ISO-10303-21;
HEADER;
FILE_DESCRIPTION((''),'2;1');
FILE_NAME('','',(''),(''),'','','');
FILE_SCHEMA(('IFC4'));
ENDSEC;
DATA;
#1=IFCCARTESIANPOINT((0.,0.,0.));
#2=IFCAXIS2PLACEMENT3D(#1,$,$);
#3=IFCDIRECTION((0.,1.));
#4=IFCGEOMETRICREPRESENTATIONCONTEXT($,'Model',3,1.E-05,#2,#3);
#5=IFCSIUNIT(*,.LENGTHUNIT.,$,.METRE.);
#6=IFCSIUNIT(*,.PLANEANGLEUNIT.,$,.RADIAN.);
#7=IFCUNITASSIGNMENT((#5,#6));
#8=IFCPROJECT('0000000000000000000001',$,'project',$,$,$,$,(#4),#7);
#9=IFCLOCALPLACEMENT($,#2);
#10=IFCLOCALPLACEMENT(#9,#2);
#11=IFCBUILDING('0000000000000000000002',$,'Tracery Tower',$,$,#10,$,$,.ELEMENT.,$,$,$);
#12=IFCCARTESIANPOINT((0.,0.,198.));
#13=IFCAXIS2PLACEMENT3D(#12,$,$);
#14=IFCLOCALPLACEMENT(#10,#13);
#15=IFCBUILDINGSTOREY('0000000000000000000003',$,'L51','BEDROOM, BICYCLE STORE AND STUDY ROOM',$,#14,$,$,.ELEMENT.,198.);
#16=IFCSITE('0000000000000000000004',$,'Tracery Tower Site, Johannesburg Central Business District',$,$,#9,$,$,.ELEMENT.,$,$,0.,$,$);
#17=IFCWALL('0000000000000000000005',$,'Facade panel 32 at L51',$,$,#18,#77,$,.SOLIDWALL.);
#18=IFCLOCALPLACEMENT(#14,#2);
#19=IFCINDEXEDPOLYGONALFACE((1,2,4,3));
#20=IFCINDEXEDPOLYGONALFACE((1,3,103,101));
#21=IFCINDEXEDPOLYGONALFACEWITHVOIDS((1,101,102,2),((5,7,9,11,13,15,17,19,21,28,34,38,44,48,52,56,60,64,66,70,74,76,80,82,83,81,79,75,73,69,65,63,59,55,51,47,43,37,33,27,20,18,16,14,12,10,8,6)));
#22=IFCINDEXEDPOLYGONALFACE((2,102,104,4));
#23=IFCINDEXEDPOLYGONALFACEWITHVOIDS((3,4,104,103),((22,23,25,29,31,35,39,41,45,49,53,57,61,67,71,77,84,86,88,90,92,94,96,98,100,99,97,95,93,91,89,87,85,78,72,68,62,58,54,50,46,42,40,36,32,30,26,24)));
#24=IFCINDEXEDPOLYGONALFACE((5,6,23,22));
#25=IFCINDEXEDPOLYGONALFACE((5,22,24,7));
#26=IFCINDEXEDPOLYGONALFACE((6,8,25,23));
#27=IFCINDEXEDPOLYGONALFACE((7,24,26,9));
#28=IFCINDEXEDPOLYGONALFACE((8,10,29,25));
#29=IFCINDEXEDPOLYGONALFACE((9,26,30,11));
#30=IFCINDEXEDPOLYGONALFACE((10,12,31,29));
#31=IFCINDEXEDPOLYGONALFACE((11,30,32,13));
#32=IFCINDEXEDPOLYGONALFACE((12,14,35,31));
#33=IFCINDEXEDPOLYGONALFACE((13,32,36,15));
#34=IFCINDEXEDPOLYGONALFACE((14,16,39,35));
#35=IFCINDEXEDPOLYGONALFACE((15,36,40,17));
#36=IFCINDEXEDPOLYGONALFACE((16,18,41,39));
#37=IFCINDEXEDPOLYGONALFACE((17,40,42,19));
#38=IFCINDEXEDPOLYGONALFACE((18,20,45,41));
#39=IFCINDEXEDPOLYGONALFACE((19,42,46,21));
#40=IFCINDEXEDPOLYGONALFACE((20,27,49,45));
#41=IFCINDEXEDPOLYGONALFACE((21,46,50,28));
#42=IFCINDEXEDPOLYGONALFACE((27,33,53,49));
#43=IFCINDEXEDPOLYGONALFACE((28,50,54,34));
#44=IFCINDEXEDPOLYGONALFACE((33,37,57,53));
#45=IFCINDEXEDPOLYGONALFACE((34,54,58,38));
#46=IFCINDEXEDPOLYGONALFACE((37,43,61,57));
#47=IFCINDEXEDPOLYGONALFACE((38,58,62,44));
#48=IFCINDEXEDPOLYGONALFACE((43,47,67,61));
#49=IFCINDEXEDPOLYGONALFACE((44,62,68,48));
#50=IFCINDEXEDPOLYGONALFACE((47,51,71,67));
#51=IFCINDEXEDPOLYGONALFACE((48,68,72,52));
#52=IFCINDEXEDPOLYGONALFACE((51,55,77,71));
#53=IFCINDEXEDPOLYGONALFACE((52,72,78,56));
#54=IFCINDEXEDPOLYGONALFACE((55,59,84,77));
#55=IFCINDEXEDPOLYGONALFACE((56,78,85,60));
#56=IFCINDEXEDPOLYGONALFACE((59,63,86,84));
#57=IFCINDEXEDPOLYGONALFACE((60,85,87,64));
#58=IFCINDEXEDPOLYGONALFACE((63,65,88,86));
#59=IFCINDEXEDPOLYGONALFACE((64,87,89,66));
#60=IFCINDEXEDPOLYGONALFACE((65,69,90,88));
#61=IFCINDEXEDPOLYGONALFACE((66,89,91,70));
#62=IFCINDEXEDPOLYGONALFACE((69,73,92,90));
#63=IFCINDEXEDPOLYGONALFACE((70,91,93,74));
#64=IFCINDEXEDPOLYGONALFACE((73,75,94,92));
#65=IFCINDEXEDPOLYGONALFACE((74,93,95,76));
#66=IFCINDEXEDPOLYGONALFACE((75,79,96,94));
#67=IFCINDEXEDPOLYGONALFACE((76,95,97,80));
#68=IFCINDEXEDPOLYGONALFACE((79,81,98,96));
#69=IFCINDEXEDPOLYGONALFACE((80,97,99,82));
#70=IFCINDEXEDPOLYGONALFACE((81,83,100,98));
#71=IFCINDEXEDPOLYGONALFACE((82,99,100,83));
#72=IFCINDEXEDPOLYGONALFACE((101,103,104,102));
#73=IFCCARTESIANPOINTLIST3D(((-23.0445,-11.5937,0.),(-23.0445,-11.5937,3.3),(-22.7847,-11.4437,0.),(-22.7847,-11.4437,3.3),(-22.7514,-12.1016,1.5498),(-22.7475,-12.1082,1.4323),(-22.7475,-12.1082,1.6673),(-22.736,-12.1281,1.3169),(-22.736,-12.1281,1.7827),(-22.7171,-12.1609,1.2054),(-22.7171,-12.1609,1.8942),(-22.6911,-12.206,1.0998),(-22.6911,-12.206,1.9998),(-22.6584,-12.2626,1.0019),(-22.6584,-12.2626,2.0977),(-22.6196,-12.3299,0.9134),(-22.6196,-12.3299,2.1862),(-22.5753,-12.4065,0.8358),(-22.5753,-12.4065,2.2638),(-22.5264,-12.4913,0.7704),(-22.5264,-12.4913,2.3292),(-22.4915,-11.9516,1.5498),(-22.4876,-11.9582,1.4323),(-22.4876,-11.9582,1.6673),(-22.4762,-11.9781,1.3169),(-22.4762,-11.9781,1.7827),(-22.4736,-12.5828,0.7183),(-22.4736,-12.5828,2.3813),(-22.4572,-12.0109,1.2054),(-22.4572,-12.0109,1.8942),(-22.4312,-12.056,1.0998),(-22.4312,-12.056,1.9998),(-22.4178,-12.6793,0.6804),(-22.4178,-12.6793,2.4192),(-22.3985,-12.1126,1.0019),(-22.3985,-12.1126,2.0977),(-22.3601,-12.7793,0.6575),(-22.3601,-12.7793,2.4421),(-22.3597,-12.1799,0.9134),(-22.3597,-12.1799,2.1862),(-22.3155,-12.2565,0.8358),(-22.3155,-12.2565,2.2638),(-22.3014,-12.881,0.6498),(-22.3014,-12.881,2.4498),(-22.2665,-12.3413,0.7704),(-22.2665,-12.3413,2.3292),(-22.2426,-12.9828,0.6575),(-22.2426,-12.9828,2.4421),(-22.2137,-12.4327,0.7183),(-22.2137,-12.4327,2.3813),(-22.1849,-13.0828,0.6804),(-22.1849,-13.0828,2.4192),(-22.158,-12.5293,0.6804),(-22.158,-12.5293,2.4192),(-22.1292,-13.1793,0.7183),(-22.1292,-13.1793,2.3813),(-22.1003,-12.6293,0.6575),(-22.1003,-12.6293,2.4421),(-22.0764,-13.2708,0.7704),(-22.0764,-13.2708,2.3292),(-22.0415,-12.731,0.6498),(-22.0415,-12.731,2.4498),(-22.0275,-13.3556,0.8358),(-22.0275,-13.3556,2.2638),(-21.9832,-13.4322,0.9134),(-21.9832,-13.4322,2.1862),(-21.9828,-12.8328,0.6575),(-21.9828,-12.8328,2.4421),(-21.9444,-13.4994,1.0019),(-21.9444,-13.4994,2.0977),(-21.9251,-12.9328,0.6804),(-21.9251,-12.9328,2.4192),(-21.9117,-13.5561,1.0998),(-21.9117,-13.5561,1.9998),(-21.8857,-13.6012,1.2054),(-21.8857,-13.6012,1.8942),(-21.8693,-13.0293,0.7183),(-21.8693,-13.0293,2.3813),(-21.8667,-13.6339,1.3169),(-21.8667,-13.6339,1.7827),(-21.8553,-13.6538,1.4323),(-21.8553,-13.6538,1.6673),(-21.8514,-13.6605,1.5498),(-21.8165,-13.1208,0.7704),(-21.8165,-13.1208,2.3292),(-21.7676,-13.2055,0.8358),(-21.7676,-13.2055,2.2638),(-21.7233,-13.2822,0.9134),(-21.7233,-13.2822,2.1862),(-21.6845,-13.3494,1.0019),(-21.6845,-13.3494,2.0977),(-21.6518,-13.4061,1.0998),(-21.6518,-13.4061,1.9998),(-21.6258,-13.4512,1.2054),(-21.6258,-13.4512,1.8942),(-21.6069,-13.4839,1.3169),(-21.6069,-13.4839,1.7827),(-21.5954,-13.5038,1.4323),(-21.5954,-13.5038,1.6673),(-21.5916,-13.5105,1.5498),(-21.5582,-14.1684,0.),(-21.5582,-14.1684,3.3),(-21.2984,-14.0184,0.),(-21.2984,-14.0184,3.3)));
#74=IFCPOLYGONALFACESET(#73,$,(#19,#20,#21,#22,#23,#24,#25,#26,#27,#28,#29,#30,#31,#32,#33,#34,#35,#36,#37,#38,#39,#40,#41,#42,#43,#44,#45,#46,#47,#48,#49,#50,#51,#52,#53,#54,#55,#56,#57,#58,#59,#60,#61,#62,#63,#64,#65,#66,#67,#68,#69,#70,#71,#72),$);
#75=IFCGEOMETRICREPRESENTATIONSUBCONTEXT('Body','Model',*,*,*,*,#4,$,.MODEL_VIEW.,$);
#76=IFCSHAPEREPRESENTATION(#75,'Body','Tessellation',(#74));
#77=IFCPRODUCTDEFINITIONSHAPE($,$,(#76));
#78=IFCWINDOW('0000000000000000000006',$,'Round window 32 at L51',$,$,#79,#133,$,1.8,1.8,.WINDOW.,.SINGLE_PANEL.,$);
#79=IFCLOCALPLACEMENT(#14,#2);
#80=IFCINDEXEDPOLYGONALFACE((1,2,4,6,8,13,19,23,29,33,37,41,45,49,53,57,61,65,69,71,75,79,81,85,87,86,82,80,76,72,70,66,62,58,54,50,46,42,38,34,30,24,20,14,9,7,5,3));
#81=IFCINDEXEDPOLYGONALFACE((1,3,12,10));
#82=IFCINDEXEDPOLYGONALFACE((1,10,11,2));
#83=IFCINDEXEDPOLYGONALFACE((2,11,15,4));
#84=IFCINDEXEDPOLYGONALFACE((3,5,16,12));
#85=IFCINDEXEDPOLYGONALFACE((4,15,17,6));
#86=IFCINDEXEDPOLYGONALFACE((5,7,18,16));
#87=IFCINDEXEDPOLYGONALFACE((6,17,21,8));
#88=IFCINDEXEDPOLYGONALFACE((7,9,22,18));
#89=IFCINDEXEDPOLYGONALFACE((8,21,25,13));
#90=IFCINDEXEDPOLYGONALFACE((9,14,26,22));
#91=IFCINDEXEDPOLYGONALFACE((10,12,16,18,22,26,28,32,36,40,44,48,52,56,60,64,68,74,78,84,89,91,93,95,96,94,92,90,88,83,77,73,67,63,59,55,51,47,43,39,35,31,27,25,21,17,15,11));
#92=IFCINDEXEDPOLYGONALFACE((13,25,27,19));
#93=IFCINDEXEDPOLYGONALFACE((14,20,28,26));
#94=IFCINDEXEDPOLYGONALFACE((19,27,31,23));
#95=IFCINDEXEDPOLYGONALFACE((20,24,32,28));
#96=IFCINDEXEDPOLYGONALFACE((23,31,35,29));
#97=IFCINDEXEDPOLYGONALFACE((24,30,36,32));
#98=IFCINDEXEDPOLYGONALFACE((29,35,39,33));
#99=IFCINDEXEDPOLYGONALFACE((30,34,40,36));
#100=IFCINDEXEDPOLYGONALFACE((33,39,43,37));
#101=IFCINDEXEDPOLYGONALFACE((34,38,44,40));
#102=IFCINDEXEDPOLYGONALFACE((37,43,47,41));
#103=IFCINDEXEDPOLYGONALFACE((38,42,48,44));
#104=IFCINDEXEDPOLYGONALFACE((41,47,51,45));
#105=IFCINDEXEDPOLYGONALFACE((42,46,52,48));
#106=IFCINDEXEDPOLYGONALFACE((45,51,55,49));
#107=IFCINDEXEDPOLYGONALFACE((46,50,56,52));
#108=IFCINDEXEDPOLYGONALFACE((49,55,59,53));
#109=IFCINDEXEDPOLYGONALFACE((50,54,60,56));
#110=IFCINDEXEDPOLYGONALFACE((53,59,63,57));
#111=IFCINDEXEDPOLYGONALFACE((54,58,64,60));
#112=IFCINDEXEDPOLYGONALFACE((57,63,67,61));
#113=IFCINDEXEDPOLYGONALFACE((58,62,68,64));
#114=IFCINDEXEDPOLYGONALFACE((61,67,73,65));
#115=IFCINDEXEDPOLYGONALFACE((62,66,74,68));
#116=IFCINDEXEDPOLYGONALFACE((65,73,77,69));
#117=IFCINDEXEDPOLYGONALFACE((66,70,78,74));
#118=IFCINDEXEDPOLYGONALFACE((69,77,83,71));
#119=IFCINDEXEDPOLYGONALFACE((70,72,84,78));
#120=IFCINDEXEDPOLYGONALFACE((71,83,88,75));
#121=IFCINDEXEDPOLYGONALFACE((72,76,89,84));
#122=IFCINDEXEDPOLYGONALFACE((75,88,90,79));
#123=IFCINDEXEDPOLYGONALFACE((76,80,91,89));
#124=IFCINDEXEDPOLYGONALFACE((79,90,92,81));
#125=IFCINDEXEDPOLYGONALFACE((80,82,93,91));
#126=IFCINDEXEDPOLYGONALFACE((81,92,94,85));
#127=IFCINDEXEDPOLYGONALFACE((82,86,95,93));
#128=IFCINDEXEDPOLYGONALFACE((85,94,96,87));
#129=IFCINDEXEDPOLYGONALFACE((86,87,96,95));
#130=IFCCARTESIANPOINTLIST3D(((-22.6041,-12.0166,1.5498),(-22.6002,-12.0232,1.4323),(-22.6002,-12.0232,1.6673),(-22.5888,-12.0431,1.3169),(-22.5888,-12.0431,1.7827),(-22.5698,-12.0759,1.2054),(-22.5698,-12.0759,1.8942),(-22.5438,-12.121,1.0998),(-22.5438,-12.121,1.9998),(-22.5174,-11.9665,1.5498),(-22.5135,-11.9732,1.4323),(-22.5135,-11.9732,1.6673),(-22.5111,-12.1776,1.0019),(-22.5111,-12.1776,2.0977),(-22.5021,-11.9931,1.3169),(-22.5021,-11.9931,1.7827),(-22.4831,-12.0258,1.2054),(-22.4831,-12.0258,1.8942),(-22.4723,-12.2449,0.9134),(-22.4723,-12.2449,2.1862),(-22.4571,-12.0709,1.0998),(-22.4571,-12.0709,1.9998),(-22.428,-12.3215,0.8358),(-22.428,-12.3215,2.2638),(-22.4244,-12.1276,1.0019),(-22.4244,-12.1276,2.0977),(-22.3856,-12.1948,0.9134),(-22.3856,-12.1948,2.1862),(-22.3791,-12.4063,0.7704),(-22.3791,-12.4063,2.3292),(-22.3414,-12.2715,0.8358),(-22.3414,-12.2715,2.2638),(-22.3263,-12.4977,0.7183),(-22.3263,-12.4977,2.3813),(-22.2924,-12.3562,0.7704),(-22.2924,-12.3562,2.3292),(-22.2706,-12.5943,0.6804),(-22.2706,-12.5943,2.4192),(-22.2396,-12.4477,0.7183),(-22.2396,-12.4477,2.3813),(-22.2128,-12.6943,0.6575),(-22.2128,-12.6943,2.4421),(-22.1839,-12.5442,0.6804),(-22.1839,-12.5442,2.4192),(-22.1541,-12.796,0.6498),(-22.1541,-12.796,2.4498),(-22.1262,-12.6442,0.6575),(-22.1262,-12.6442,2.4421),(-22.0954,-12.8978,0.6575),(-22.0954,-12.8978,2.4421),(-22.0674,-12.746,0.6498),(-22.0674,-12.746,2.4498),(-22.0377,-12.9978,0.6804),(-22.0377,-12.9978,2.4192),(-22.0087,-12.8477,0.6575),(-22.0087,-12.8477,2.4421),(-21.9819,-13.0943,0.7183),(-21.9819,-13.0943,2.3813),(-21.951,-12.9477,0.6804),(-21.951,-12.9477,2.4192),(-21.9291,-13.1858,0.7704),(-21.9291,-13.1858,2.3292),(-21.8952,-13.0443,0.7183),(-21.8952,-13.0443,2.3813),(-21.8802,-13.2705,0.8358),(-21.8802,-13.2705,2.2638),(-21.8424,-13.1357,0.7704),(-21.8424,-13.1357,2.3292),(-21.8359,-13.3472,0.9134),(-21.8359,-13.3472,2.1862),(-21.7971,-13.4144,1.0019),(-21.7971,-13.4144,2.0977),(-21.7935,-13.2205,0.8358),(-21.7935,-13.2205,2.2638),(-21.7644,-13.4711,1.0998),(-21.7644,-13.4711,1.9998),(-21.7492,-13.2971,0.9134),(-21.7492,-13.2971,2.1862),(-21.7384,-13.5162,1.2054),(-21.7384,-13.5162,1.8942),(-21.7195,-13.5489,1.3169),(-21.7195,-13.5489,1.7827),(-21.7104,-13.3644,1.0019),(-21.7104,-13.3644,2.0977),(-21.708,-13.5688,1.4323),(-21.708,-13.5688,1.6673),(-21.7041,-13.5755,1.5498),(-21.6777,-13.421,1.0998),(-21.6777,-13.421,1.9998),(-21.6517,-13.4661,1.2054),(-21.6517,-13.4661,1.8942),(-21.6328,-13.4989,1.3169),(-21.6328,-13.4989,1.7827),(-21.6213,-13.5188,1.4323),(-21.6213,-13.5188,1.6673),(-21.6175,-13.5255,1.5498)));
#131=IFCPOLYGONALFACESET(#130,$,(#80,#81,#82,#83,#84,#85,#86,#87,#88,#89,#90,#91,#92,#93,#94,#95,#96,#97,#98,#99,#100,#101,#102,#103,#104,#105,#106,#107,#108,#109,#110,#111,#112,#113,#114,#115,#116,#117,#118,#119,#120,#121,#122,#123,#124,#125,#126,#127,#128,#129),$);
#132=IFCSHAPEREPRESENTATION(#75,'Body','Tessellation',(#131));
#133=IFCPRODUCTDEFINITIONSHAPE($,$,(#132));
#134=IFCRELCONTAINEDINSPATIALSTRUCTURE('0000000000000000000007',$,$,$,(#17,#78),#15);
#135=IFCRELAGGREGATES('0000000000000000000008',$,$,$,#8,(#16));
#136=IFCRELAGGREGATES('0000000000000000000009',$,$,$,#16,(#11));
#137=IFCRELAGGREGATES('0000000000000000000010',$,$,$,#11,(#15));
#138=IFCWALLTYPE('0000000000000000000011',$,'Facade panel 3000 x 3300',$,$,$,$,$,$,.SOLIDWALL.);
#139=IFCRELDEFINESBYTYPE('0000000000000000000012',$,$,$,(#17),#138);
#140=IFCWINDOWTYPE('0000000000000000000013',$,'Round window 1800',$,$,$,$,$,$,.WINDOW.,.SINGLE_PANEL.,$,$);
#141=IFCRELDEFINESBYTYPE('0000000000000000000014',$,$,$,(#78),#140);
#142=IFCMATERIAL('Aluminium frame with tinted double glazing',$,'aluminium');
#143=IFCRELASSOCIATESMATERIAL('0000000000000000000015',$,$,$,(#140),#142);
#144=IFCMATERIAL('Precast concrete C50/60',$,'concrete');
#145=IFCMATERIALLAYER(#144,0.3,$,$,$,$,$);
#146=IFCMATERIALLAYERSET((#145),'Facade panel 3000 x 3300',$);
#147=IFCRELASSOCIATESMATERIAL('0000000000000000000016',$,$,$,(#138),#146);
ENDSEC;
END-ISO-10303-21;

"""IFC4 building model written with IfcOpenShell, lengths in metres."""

from ifc_helpers import new_model, si_unit, direction, frame, frame_2d, origin, origin_2d, place, context, subcontext, project, spatial, rectangle, circle, extrude, material, layer, layer_set, type_object, element, fill, save


model = new_model("IFC4")

# Units and contexts
model_context = context("Model", 3, precision=1e-05, world=origin(), true_north=direction((0.0, 1.0)))
body_context = subcontext(model_context, "Body", "Model", "MODEL_VIEW")
ifc_project = project(units=[si_unit("LENGTHUNIT", "METRE"), si_unit("PLANEANGLEUNIT", "RADIAN")], contexts=[model_context])

# Site, building, storey
site_placement = place(None, origin())
site = spatial("IfcSite", under=ifc_project, at=site_placement, Name="Tracery Tower Site, Johannesburg Central Business District", CompositionType="ELEMENT", RefElevation=0.0)
building_placement = place(site_placement, origin())
building = spatial("IfcBuilding", under=site, at=building_placement, Name="Tracery Tower", CompositionType="ELEMENT")
storey_placement = place(building_placement, frame((0.0, 0.0, 198.0)))
storey = spatial("IfcBuildingStorey", under=building, at=storey_placement, Name="L51", Description="BEDROOM, BICYCLE STORE AND STUDY ROOM", CompositionType="ELEMENT", Elevation=198.0)

# Wall, opening, window
ifc_material_1 = material(Name="Aluminium frame with tinted double glazing", Category="aluminium")
window_type = type_object("IfcWindowType", Name="Round window 1800", PartitioningType="SINGLE_PANEL", PredefinedType="WINDOW", material=ifc_material_1)
ifc_material_2 = material(Name="Precast concrete C50/60", Category="concrete")
ifc_layer_1 = layer(ifc_material_2, 0.3)
ifc_layer_set_1 = layer_set([ifc_layer_1], Name="Facade panel 3000 x 3300")
wall_type_1 = type_object("IfcWallType", Name="Facade panel 3000 x 3300", PredefinedType="SOLIDWALL", material=ifc_layer_set_1)
wall_1_placement = place(storey_placement, frame((-22.9146, -11.5188, 0.0), z_axis=(0.0, 0.0, 1.0), x_axis=(0.499955, -0.866052, 0.0)))
wall_1 = element("IfcWall", 1, at=wall_1_placement, inside=storey, type_object=wall_type_1, Name="Facade panel 32 at L51", PredefinedType="SOLIDWALL", context=body_context, shape_type="SweptSolid", body=[
    extrude(rectangle(XDim=2.9729, YDim=0.3, at=frame_2d((1.4863, 0.0))), origin(), (0.0, 0.0, 1.0), 3.3),
])
opening_1_placement = place(wall_1_placement, frame((1.4863, 0.0, 1.5498)))
opening_1 = element("IfcOpeningElement", 2, at=opening_1_placement, cuts=wall_1, PredefinedType="OPENING", context=body_context, shape_type="SweptSolid", body=[
    extrude(circle(Radius=0.9, at=origin_2d()), frame((0.0, 0.1599, 0.0), z_axis=(0.0, -1.0, 0.0), x_axis=(1.0, 0.0, 0.0)), (0.0, 0.0, 1.0), 0.3201),
])
window_1_placement = place(opening_1_placement, origin())
window_1 = element("IfcWindow", 3, at=window_1_placement, inside=storey, type_object=window_type, Name="Round window 32 at L51", OverallHeight=1.8, OverallWidth=1.8, PartitioningType="SINGLE_PANEL", PredefinedType="WINDOW", context=body_context, shape_type="SweptSolid", body=[
    extrude(circle(Radius=0.9, at=origin_2d()), frame((0.0, 0.1201, 0.0), z_axis=(0.0, -1.0, 0.0), x_axis=(1.0, 0.0, 0.0)), (0.0, 0.0, 1.0), 0.1001),
])
fill(opening_1, window_1)

save(model, "model.ifc")
